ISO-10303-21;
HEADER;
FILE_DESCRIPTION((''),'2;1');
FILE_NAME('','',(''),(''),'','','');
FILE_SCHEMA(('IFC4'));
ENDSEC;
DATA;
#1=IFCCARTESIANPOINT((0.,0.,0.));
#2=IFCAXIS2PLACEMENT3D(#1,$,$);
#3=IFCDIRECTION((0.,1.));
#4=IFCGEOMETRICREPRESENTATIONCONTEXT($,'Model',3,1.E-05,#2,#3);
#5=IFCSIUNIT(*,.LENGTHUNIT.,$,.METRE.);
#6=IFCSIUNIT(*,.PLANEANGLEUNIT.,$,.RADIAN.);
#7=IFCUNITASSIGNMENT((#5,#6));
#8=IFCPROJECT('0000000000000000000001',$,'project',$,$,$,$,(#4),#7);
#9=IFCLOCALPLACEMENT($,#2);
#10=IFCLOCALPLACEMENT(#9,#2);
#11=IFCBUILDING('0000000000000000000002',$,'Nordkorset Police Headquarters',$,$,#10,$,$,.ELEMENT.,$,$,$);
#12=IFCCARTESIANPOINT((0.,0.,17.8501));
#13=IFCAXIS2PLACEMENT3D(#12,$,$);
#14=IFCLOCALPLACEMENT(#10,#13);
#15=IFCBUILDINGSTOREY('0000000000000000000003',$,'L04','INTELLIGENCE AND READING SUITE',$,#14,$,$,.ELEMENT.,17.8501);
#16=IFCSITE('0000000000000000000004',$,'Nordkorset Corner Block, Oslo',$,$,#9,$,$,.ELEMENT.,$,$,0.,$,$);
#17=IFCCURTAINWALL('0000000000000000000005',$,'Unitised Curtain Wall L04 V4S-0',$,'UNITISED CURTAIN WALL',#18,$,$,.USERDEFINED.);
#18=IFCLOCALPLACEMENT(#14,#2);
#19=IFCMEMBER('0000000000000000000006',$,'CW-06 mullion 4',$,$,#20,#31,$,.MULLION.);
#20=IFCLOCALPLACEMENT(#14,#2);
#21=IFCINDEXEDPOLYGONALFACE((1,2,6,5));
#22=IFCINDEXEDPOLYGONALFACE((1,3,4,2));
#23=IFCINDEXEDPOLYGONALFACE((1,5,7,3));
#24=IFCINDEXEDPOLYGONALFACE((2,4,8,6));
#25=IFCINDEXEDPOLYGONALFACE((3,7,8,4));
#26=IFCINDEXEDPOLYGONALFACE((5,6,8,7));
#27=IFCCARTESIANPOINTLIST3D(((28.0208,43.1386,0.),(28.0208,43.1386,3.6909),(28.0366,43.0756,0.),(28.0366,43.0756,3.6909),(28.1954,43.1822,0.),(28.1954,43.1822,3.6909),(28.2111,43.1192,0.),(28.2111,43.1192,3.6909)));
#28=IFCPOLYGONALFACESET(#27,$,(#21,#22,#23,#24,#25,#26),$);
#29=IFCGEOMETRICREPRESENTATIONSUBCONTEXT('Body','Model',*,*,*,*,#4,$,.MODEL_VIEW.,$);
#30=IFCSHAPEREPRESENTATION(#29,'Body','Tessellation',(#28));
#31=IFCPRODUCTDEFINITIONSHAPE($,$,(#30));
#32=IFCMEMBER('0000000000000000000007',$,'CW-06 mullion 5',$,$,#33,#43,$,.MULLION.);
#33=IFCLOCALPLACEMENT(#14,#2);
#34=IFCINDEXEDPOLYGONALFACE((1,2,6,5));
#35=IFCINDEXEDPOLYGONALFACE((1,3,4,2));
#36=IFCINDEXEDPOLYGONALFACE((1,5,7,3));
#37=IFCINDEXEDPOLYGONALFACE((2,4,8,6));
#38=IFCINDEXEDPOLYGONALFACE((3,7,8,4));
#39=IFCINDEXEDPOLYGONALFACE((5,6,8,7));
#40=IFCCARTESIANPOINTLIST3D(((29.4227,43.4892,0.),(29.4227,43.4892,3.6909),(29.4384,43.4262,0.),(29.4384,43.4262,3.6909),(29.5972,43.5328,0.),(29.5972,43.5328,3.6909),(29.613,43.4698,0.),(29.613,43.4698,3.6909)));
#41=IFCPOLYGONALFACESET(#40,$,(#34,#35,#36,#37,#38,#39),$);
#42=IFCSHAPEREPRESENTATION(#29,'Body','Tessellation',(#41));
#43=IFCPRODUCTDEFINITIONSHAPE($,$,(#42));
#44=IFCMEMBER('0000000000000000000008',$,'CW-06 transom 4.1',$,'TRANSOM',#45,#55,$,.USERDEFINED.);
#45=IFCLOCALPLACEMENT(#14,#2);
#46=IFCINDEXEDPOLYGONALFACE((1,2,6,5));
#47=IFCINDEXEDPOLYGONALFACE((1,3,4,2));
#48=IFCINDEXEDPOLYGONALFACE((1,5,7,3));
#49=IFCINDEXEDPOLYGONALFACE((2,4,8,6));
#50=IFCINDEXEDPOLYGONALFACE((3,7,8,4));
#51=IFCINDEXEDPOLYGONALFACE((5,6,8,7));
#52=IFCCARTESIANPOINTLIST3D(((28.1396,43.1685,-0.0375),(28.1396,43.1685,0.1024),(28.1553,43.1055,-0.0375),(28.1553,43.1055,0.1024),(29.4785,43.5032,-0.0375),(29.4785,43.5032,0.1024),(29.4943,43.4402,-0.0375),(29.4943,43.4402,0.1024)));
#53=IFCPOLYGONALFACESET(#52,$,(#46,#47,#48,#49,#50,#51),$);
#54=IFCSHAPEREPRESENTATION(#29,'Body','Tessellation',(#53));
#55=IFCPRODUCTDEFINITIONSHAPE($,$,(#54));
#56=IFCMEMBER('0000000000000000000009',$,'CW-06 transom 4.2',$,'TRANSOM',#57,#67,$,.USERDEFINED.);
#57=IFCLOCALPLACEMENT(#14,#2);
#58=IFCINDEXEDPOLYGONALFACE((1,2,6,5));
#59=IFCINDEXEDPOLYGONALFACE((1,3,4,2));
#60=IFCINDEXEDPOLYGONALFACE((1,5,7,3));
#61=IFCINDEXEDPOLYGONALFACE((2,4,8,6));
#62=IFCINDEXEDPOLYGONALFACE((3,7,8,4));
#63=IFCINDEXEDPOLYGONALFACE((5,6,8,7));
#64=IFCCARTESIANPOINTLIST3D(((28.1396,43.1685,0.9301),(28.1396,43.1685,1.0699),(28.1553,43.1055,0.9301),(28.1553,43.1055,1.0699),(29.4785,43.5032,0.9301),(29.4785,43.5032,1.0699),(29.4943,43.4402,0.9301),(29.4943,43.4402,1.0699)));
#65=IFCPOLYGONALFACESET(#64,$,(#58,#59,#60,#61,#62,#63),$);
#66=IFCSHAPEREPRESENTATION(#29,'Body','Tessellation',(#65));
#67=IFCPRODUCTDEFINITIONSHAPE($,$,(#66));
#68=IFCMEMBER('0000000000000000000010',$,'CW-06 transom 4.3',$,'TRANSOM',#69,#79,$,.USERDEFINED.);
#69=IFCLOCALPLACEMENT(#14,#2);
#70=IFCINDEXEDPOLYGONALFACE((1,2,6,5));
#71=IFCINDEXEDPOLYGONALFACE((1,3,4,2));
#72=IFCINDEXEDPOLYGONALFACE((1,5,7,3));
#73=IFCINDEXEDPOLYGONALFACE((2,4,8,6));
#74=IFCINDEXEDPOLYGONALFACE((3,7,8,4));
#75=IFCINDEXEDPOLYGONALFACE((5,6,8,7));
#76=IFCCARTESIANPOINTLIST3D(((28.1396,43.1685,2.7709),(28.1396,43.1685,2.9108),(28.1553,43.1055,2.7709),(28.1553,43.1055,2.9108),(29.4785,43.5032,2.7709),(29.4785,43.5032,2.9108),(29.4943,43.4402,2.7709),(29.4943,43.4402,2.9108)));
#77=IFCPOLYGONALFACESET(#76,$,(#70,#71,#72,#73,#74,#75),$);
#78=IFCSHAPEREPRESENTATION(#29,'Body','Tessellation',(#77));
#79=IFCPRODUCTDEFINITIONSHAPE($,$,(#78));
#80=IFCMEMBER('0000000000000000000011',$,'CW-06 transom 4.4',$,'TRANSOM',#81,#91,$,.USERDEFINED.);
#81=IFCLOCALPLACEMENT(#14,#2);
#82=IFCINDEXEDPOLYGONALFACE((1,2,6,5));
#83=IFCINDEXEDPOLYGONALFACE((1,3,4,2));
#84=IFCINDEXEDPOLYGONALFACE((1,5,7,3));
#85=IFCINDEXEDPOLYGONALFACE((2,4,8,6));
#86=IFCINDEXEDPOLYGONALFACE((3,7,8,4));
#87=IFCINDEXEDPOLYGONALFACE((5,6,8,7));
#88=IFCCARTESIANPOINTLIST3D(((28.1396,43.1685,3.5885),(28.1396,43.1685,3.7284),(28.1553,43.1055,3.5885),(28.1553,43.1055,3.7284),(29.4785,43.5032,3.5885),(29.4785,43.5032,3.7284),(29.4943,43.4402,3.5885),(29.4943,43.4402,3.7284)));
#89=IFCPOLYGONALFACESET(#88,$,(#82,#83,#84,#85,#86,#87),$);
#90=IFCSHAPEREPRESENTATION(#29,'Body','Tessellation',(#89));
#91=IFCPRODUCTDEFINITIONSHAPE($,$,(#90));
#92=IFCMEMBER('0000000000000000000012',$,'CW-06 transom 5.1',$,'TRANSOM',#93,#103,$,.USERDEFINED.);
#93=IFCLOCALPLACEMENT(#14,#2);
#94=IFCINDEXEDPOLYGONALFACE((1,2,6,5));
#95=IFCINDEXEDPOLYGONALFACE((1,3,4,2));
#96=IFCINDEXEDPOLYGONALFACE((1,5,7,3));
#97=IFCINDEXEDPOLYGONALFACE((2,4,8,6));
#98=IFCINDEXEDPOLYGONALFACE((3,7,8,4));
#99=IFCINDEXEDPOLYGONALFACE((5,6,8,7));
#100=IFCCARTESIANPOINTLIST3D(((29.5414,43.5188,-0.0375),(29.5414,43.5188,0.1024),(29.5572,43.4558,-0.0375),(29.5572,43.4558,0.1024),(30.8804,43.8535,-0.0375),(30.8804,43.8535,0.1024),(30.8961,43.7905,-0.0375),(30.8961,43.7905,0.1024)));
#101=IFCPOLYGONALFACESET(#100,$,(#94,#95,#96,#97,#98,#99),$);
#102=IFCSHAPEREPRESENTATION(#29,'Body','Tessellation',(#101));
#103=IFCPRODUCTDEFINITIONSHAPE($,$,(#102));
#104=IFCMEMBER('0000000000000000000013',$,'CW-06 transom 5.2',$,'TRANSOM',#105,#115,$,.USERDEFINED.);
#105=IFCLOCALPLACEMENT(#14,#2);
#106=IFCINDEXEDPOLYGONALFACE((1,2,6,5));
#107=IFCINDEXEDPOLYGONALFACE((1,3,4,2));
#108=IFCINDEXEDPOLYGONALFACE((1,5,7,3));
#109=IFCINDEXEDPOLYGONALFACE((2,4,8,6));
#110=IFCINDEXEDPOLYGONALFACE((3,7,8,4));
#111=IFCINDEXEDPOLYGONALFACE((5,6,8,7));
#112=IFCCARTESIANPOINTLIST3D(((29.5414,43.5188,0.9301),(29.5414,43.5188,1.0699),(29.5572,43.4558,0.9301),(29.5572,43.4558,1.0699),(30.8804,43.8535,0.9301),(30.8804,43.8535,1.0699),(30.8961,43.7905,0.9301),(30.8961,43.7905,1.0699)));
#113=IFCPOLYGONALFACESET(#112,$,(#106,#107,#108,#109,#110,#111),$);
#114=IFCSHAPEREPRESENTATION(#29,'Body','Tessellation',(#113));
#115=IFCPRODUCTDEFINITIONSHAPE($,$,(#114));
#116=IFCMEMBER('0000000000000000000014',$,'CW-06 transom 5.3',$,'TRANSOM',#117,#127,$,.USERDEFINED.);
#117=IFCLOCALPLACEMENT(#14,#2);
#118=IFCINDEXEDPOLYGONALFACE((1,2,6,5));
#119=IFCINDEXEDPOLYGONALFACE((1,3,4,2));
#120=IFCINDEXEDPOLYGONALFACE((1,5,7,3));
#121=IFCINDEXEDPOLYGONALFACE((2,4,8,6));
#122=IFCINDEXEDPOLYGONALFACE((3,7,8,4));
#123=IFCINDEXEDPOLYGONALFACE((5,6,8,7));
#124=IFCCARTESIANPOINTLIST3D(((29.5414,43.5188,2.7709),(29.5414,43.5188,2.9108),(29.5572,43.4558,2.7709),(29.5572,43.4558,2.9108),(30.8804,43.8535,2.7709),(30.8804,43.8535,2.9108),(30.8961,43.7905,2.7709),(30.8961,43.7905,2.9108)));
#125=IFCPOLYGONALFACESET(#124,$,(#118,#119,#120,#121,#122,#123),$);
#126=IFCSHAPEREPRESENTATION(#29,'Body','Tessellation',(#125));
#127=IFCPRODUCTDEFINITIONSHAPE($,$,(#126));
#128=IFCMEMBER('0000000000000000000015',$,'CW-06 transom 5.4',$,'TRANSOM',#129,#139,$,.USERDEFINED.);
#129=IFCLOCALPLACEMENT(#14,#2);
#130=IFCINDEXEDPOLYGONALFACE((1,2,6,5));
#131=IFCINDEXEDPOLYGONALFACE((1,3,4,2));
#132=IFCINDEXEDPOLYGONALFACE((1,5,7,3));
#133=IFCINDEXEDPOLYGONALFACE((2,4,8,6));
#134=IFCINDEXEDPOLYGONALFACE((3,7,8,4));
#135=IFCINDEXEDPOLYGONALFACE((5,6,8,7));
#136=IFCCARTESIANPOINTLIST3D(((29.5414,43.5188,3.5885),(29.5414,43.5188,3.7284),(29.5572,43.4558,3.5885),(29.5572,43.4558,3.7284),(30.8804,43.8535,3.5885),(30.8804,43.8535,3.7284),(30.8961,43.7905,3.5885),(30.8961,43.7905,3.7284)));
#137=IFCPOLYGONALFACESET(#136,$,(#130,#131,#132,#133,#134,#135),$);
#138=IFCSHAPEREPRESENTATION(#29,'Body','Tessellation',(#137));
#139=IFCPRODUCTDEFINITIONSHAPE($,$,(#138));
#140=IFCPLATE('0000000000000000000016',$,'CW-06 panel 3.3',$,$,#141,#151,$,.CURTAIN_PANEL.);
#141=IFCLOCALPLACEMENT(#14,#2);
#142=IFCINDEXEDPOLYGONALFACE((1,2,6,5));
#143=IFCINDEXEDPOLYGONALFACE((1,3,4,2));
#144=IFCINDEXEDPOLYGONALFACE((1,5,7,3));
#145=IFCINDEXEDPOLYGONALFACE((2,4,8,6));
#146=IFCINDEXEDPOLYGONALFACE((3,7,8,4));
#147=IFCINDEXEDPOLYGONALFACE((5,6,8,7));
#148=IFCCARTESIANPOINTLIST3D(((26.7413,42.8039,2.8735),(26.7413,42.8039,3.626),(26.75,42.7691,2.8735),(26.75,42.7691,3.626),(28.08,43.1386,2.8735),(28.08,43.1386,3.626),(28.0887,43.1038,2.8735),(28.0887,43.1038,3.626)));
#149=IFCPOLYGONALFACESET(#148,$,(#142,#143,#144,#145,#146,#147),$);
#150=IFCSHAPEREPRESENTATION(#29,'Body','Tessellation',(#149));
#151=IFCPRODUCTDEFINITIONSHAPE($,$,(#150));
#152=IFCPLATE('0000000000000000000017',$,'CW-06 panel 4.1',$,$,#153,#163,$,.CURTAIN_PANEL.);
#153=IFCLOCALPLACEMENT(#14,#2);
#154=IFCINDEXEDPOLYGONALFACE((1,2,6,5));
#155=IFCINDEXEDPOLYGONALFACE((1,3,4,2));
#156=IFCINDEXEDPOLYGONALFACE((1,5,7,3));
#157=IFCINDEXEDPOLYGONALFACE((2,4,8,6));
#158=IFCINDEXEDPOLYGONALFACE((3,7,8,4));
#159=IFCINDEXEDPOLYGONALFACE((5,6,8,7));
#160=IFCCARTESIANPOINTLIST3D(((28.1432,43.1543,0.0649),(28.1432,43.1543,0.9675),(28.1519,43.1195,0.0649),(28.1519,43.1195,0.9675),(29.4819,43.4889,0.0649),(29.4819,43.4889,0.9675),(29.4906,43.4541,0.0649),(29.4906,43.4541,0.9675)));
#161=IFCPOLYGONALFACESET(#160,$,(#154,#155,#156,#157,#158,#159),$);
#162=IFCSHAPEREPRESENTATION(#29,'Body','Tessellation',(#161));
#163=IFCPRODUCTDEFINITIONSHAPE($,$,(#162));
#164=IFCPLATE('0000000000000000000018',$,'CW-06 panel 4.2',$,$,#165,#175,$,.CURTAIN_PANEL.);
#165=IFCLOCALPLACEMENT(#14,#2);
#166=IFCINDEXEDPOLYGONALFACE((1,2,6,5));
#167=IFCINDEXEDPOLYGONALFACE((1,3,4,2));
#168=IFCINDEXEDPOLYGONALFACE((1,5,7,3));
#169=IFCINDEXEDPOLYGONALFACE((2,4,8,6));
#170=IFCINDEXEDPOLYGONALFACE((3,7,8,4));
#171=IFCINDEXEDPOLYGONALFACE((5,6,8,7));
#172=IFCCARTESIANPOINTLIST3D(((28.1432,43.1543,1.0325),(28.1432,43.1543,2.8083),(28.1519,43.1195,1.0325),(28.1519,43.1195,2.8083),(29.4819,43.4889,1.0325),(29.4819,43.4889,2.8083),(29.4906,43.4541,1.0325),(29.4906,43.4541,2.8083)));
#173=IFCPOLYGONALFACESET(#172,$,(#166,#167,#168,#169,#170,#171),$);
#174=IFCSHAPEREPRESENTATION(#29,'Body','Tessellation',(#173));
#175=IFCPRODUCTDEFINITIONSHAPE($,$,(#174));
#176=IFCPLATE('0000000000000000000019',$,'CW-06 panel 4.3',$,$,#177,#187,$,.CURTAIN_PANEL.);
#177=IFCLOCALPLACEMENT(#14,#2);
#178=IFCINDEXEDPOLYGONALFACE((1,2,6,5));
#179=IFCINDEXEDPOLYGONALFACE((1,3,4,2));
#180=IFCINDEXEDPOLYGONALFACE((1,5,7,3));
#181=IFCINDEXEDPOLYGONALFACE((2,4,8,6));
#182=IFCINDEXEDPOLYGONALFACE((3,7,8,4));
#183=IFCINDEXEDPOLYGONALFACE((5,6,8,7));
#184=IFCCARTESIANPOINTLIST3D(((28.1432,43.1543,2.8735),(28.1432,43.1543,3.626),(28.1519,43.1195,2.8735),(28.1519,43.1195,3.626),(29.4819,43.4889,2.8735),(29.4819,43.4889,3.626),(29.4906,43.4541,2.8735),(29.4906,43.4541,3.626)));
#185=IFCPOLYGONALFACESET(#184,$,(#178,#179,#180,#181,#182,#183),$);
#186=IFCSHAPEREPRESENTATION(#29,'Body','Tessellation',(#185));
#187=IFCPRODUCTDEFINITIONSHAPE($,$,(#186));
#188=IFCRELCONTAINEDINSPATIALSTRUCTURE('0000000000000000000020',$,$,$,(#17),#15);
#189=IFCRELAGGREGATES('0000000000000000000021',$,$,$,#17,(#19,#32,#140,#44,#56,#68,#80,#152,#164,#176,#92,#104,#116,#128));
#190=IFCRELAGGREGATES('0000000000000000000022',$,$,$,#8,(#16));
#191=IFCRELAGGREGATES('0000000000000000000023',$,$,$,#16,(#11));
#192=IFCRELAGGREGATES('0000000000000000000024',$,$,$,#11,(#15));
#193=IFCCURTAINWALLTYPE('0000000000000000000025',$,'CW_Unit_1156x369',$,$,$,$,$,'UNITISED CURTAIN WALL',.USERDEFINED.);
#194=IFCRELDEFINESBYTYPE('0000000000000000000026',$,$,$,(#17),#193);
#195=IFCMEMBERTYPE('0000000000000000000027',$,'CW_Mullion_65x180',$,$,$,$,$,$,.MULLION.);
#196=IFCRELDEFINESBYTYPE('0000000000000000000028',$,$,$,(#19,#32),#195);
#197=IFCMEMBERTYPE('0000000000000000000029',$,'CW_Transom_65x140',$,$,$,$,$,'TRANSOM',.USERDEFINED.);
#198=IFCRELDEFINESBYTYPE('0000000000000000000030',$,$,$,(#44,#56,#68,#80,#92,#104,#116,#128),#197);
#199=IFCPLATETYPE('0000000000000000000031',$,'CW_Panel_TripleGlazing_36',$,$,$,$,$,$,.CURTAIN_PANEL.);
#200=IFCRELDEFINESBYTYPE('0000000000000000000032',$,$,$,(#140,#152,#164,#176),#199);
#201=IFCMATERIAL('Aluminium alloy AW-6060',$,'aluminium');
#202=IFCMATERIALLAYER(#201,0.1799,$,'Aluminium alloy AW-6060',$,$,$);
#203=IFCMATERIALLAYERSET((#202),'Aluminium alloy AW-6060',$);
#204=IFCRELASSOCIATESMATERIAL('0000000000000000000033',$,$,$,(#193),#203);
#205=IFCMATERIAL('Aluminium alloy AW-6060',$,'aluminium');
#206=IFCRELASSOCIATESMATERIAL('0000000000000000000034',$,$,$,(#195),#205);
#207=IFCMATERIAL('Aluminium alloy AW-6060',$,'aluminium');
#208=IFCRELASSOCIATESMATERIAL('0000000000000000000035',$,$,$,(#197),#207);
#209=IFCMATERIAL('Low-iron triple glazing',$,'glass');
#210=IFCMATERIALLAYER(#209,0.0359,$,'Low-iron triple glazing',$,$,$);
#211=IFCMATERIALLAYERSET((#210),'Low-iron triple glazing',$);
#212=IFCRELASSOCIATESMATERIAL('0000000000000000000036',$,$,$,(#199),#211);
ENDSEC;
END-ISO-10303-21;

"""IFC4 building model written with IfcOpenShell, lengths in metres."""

from ifc_helpers import new_model, si_unit, direction, frame, origin, origin_2d, place, context, subcontext, project, spatial, rectangle, extrude, material, layer, layer_set, material_profile, profile_set, type_object, element, aggregate, save


model = new_model("IFC4")

# Units and contexts
model_context = context("Model", 3, precision=1e-05, world=origin(), true_north=direction((0.0, 1.0)))
body_context = subcontext(model_context, "Body", "Model", "MODEL_VIEW")
ifc_project = project(units=[si_unit("LENGTHUNIT", "METRE"), si_unit("PLANEANGLEUNIT", "RADIAN")], contexts=[model_context])

# Site, building, storey
site_placement = place(None, origin())
site = spatial("IfcSite", under=ifc_project, at=site_placement, Name="Nordkorset Corner Block, Oslo", CompositionType="ELEMENT", RefElevation=0.0)
building_placement = place(site_placement, origin())
building = spatial("IfcBuilding", under=site, at=building_placement, Name="Nordkorset Police Headquarters", CompositionType="ELEMENT")
storey_placement = place(building_placement, frame((0.0, 0.0, 17.8501)))
storey = spatial("IfcBuildingStorey", under=building, at=storey_placement, Name="L04", Description="INTELLIGENCE AND READING SUITE", CompositionType="ELEMENT", Elevation=17.8501)

# Curtain wall, members, plates
ifc_material_1 = material(Name="Aluminium alloy AW-6060", Category="aluminium")
ifc_layer_1 = layer(ifc_material_1, 0.1799, Name="Aluminium alloy AW-6060")
ifc_layer_set_1 = layer_set([ifc_layer_1], Name="Aluminium alloy AW-6060")
curtain_wall_type = type_object("IfcCurtainWallType", Name="CW_Unit_1156x369", ElementType="UNITISED CURTAIN WALL", PredefinedType="USERDEFINED", material=ifc_layer_set_1)
curtain_wall_placement = place(storey_placement, origin())
curtain_wall = element("IfcCurtainWall", 1, at=curtain_wall_placement, inside=storey, type_object=curtain_wall_type, Name="Unitised Curtain Wall L04 V4S-0", ObjectType="UNITISED CURTAIN WALL", PredefinedType="USERDEFINED")
ifc_material_2 = material(Name="Aluminium alloy AW-6060", Category="aluminium")
ifc_material_profile_1 = material_profile(ifc_material_2, rectangle(XDim=0.0649, YDim=0.1799, at=origin_2d()), Name="ALU MULL 65x180")
ifc_profile_set_1 = profile_set([ifc_material_profile_1], Name="Aluminium alloy AW-6060")
member_type_1 = type_object("IfcMemberType", Name="CW_Mullion_65x180", PredefinedType="MULLION", material=ifc_profile_set_1)
member_1_placement = place(storey_placement, frame((28.116, 43.1289, 0.0), z_axis=(0.0, 0.0, 1.0), x_axis=(-0.242536, 0.970143, 0.0)))
member_1 = element("IfcMember", 2, at=member_1_placement, type_object=member_type_1, Name="CW-06 mullion 4", PredefinedType="MULLION", context=body_context, shape_type="SweptSolid", body=[
    extrude(rectangle(XDim=0.0649, YDim=0.1799, at=origin_2d()), origin(), (0.0, 0.0, 1.0), 3.6909),
])
member_2_placement = place(storey_placement, frame((29.5178, 43.4795, 0.0), z_axis=(0.0, 0.0, 1.0), x_axis=(-0.242536, 0.970143, 0.0)))
member_2 = element("IfcMember", 3, at=member_2_placement, type_object=member_type_1, Name="CW-06 mullion 5", PredefinedType="MULLION", context=body_context, shape_type="SweptSolid", body=[
    extrude(rectangle(XDim=0.0649, YDim=0.1799, at=origin_2d()), origin(), (0.0, 0.0, 1.0), 3.6909),
])
ifc_material_3 = material(Name="Aluminium alloy AW-6060", Category="aluminium")
ifc_material_profile_2 = material_profile(ifc_material_3, rectangle(XDim=0.0649, YDim=0.1399, at=origin_2d()), Name="ALU TRAN 65x140")
ifc_profile_set_2 = profile_set([ifc_material_profile_2], Name="Aluminium alloy AW-6060")
member_type_2 = type_object("IfcMemberType", Name="CW_Transom_65x140", ElementType="TRANSOM", PredefinedType="USERDEFINED", material=ifc_profile_set_2)
member_3_placement = place(storey_placement, frame((28.1475, 43.137, 0.0325), z_axis=(0.970143, 0.242536, 0.0), x_axis=(-0.242536, 0.970143, 0.0)))
member_3 = element("IfcMember", 4, at=member_3_placement, type_object=member_type_2, Name="CW-06 transom 4.1", ObjectType="TRANSOM", PredefinedType="USERDEFINED", context=body_context, shape_type="SweptSolid", body=[
    extrude(rectangle(XDim=0.0649, YDim=0.1399, at=origin_2d()), origin(), (0.0, 0.0, 1.0), 1.3801),
])
member_4_placement = place(storey_placement, frame((28.1475, 43.137, 1.0), z_axis=(0.970143, 0.242536, 0.0), x_axis=(-0.242536, 0.970143, 0.0)))
member_4 = element("IfcMember", 5, at=member_4_placement, type_object=member_type_2, Name="CW-06 transom 4.2", ObjectType="TRANSOM", PredefinedType="USERDEFINED", context=body_context, shape_type="SweptSolid", body=[
    extrude(rectangle(XDim=0.0649, YDim=0.1399, at=origin_2d()), origin(), (0.0, 0.0, 1.0), 1.3801),
])
member_5_placement = place(storey_placement, frame((28.1475, 43.137, 2.8408), z_axis=(0.970143, 0.242536, 0.0), x_axis=(-0.242536, 0.970143, 0.0)))
member_5 = element("IfcMember", 6, at=member_5_placement, type_object=member_type_2, Name="CW-06 transom 4.3", ObjectType="TRANSOM", PredefinedType="USERDEFINED", context=body_context, shape_type="SweptSolid", body=[
    extrude(rectangle(XDim=0.0649, YDim=0.1399, at=origin_2d()), origin(), (0.0, 0.0, 1.0), 1.3801),
])
member_6_placement = place(storey_placement, frame((28.1475, 43.137, 3.6584), z_axis=(0.970143, 0.242536, 0.0), x_axis=(-0.242536, 0.970143, 0.0)))
member_6 = element("IfcMember", 7, at=member_6_placement, type_object=member_type_2, Name="CW-06 transom 4.4", ObjectType="TRANSOM", PredefinedType="USERDEFINED", context=body_context, shape_type="SweptSolid", body=[
    extrude(rectangle(XDim=0.0649, YDim=0.1399, at=origin_2d()), origin(), (0.0, 0.0, 1.0), 1.3801),
])
member_7_placement = place(storey_placement, frame((29.5493, 43.4873, 0.0325), z_axis=(0.970143, 0.242536, 0.0), x_axis=(-0.242536, 0.970143, 0.0)))
member_7 = element("IfcMember", 8, at=member_7_placement, type_object=member_type_2, Name="CW-06 transom 5.1", ObjectType="TRANSOM", PredefinedType="USERDEFINED", context=body_context, shape_type="SweptSolid", body=[
    extrude(rectangle(XDim=0.0649, YDim=0.1399, at=origin_2d()), origin(), (0.0, 0.0, 1.0), 1.3801),
])
member_8_placement = place(storey_placement, frame((29.5493, 43.4873, 1.0), z_axis=(0.970143, 0.242536, 0.0), x_axis=(-0.242536, 0.970143, 0.0)))
member_8 = element("IfcMember", 9, at=member_8_placement, type_object=member_type_2, Name="CW-06 transom 5.2", ObjectType="TRANSOM", PredefinedType="USERDEFINED", context=body_context, shape_type="SweptSolid", body=[
    extrude(rectangle(XDim=0.0649, YDim=0.1399, at=origin_2d()), origin(), (0.0, 0.0, 1.0), 1.3801),
])
member_9_placement = place(storey_placement, frame((29.5493, 43.4873, 2.8408), z_axis=(0.970143, 0.242536, 0.0), x_axis=(-0.242536, 0.970143, 0.0)))
member_9 = element("IfcMember", 10, at=member_9_placement, type_object=member_type_2, Name="CW-06 transom 5.3", ObjectType="TRANSOM", PredefinedType="USERDEFINED", context=body_context, shape_type="SweptSolid", body=[
    extrude(rectangle(XDim=0.0649, YDim=0.1399, at=origin_2d()), origin(), (0.0, 0.0, 1.0), 1.3801),
])
member_10_placement = place(storey_placement, frame((29.5493, 43.4873, 3.6584), z_axis=(0.970143, 0.242536, 0.0), x_axis=(-0.242536, 0.970143, 0.0)))
member_10 = element("IfcMember", 11, at=member_10_placement, type_object=member_type_2, Name="CW-06 transom 5.4", ObjectType="TRANSOM", PredefinedType="USERDEFINED", context=body_context, shape_type="SweptSolid", body=[
    extrude(rectangle(XDim=0.0649, YDim=0.1399, at=origin_2d()), origin(), (0.0, 0.0, 1.0), 1.3801),
])
ifc_material_4 = material(Name="Low-iron triple glazing", Category="glass")
ifc_layer_2 = layer(ifc_material_4, 0.0359, Name="Low-iron triple glazing")
ifc_layer_set_2 = layer_set([ifc_layer_2], Name="Low-iron triple glazing")
plate_type = type_object("IfcPlateType", Name="CW_Panel_TripleGlazing_36", PredefinedType="CURTAIN_PANEL", material=ifc_layer_set_2)
plate_1_placement = place(storey_placement, frame((27.415, 42.9539, 2.8735), z_axis=(0.0, 0.0, 1.0), x_axis=(0.970143, 0.242536, 0.0)))
plate_1 = element("IfcPlate", 12, at=plate_1_placement, type_object=plate_type, Name="CW-06 panel 3.3", PredefinedType="CURTAIN_PANEL", context=body_context, shape_type="SweptSolid", body=[
    extrude(rectangle(XDim=1.3799, YDim=0.0359, at=origin_2d()), origin(), (0.0, 0.0, 1.0), 0.7524),
])
plate_2_placement = place(storey_placement, frame((28.8169, 43.3042, 0.0649), z_axis=(0.0, 0.0, 1.0), x_axis=(0.970143, 0.242536, 0.0)))
plate_2 = element("IfcPlate", 13, at=plate_2_placement, type_object=plate_type, Name="CW-06 panel 4.1", PredefinedType="CURTAIN_PANEL", context=body_context, shape_type="SweptSolid", body=[
    extrude(rectangle(XDim=1.3799, YDim=0.0359, at=origin_2d()), origin(), (0.0, 0.0, 1.0), 0.9026),
])
plate_3_placement = place(storey_placement, frame((28.8169, 43.3042, 1.0325), z_axis=(0.0, 0.0, 1.0), x_axis=(0.970143, 0.242536, 0.0)))
plate_3 = element("IfcPlate", 14, at=plate_3_placement, type_object=plate_type, Name="CW-06 panel 4.2", PredefinedType="CURTAIN_PANEL", context=body_context, shape_type="SweptSolid", body=[
    extrude(rectangle(XDim=1.3799, YDim=0.0359, at=origin_2d()), origin(), (0.0, 0.0, 1.0), 1.7759),
])
plate_4_placement = place(storey_placement, frame((28.8169, 43.3042, 2.8735), z_axis=(0.0, 0.0, 1.0), x_axis=(0.970143, 0.242536, 0.0)))
plate_4 = element("IfcPlate", 15, at=plate_4_placement, type_object=plate_type, Name="CW-06 panel 4.3", PredefinedType="CURTAIN_PANEL", context=body_context, shape_type="SweptSolid", body=[
    extrude(rectangle(XDim=1.3799, YDim=0.0359, at=origin_2d()), origin(), (0.0, 0.0, 1.0), 0.7524),
])
aggregate(curtain_wall, [member_1, member_2, plate_1, member_3, member_4, member_5, member_6, plate_2, plate_3, plate_4, member_7, member_8, member_9, member_10])

save(model, "model.ifc")
